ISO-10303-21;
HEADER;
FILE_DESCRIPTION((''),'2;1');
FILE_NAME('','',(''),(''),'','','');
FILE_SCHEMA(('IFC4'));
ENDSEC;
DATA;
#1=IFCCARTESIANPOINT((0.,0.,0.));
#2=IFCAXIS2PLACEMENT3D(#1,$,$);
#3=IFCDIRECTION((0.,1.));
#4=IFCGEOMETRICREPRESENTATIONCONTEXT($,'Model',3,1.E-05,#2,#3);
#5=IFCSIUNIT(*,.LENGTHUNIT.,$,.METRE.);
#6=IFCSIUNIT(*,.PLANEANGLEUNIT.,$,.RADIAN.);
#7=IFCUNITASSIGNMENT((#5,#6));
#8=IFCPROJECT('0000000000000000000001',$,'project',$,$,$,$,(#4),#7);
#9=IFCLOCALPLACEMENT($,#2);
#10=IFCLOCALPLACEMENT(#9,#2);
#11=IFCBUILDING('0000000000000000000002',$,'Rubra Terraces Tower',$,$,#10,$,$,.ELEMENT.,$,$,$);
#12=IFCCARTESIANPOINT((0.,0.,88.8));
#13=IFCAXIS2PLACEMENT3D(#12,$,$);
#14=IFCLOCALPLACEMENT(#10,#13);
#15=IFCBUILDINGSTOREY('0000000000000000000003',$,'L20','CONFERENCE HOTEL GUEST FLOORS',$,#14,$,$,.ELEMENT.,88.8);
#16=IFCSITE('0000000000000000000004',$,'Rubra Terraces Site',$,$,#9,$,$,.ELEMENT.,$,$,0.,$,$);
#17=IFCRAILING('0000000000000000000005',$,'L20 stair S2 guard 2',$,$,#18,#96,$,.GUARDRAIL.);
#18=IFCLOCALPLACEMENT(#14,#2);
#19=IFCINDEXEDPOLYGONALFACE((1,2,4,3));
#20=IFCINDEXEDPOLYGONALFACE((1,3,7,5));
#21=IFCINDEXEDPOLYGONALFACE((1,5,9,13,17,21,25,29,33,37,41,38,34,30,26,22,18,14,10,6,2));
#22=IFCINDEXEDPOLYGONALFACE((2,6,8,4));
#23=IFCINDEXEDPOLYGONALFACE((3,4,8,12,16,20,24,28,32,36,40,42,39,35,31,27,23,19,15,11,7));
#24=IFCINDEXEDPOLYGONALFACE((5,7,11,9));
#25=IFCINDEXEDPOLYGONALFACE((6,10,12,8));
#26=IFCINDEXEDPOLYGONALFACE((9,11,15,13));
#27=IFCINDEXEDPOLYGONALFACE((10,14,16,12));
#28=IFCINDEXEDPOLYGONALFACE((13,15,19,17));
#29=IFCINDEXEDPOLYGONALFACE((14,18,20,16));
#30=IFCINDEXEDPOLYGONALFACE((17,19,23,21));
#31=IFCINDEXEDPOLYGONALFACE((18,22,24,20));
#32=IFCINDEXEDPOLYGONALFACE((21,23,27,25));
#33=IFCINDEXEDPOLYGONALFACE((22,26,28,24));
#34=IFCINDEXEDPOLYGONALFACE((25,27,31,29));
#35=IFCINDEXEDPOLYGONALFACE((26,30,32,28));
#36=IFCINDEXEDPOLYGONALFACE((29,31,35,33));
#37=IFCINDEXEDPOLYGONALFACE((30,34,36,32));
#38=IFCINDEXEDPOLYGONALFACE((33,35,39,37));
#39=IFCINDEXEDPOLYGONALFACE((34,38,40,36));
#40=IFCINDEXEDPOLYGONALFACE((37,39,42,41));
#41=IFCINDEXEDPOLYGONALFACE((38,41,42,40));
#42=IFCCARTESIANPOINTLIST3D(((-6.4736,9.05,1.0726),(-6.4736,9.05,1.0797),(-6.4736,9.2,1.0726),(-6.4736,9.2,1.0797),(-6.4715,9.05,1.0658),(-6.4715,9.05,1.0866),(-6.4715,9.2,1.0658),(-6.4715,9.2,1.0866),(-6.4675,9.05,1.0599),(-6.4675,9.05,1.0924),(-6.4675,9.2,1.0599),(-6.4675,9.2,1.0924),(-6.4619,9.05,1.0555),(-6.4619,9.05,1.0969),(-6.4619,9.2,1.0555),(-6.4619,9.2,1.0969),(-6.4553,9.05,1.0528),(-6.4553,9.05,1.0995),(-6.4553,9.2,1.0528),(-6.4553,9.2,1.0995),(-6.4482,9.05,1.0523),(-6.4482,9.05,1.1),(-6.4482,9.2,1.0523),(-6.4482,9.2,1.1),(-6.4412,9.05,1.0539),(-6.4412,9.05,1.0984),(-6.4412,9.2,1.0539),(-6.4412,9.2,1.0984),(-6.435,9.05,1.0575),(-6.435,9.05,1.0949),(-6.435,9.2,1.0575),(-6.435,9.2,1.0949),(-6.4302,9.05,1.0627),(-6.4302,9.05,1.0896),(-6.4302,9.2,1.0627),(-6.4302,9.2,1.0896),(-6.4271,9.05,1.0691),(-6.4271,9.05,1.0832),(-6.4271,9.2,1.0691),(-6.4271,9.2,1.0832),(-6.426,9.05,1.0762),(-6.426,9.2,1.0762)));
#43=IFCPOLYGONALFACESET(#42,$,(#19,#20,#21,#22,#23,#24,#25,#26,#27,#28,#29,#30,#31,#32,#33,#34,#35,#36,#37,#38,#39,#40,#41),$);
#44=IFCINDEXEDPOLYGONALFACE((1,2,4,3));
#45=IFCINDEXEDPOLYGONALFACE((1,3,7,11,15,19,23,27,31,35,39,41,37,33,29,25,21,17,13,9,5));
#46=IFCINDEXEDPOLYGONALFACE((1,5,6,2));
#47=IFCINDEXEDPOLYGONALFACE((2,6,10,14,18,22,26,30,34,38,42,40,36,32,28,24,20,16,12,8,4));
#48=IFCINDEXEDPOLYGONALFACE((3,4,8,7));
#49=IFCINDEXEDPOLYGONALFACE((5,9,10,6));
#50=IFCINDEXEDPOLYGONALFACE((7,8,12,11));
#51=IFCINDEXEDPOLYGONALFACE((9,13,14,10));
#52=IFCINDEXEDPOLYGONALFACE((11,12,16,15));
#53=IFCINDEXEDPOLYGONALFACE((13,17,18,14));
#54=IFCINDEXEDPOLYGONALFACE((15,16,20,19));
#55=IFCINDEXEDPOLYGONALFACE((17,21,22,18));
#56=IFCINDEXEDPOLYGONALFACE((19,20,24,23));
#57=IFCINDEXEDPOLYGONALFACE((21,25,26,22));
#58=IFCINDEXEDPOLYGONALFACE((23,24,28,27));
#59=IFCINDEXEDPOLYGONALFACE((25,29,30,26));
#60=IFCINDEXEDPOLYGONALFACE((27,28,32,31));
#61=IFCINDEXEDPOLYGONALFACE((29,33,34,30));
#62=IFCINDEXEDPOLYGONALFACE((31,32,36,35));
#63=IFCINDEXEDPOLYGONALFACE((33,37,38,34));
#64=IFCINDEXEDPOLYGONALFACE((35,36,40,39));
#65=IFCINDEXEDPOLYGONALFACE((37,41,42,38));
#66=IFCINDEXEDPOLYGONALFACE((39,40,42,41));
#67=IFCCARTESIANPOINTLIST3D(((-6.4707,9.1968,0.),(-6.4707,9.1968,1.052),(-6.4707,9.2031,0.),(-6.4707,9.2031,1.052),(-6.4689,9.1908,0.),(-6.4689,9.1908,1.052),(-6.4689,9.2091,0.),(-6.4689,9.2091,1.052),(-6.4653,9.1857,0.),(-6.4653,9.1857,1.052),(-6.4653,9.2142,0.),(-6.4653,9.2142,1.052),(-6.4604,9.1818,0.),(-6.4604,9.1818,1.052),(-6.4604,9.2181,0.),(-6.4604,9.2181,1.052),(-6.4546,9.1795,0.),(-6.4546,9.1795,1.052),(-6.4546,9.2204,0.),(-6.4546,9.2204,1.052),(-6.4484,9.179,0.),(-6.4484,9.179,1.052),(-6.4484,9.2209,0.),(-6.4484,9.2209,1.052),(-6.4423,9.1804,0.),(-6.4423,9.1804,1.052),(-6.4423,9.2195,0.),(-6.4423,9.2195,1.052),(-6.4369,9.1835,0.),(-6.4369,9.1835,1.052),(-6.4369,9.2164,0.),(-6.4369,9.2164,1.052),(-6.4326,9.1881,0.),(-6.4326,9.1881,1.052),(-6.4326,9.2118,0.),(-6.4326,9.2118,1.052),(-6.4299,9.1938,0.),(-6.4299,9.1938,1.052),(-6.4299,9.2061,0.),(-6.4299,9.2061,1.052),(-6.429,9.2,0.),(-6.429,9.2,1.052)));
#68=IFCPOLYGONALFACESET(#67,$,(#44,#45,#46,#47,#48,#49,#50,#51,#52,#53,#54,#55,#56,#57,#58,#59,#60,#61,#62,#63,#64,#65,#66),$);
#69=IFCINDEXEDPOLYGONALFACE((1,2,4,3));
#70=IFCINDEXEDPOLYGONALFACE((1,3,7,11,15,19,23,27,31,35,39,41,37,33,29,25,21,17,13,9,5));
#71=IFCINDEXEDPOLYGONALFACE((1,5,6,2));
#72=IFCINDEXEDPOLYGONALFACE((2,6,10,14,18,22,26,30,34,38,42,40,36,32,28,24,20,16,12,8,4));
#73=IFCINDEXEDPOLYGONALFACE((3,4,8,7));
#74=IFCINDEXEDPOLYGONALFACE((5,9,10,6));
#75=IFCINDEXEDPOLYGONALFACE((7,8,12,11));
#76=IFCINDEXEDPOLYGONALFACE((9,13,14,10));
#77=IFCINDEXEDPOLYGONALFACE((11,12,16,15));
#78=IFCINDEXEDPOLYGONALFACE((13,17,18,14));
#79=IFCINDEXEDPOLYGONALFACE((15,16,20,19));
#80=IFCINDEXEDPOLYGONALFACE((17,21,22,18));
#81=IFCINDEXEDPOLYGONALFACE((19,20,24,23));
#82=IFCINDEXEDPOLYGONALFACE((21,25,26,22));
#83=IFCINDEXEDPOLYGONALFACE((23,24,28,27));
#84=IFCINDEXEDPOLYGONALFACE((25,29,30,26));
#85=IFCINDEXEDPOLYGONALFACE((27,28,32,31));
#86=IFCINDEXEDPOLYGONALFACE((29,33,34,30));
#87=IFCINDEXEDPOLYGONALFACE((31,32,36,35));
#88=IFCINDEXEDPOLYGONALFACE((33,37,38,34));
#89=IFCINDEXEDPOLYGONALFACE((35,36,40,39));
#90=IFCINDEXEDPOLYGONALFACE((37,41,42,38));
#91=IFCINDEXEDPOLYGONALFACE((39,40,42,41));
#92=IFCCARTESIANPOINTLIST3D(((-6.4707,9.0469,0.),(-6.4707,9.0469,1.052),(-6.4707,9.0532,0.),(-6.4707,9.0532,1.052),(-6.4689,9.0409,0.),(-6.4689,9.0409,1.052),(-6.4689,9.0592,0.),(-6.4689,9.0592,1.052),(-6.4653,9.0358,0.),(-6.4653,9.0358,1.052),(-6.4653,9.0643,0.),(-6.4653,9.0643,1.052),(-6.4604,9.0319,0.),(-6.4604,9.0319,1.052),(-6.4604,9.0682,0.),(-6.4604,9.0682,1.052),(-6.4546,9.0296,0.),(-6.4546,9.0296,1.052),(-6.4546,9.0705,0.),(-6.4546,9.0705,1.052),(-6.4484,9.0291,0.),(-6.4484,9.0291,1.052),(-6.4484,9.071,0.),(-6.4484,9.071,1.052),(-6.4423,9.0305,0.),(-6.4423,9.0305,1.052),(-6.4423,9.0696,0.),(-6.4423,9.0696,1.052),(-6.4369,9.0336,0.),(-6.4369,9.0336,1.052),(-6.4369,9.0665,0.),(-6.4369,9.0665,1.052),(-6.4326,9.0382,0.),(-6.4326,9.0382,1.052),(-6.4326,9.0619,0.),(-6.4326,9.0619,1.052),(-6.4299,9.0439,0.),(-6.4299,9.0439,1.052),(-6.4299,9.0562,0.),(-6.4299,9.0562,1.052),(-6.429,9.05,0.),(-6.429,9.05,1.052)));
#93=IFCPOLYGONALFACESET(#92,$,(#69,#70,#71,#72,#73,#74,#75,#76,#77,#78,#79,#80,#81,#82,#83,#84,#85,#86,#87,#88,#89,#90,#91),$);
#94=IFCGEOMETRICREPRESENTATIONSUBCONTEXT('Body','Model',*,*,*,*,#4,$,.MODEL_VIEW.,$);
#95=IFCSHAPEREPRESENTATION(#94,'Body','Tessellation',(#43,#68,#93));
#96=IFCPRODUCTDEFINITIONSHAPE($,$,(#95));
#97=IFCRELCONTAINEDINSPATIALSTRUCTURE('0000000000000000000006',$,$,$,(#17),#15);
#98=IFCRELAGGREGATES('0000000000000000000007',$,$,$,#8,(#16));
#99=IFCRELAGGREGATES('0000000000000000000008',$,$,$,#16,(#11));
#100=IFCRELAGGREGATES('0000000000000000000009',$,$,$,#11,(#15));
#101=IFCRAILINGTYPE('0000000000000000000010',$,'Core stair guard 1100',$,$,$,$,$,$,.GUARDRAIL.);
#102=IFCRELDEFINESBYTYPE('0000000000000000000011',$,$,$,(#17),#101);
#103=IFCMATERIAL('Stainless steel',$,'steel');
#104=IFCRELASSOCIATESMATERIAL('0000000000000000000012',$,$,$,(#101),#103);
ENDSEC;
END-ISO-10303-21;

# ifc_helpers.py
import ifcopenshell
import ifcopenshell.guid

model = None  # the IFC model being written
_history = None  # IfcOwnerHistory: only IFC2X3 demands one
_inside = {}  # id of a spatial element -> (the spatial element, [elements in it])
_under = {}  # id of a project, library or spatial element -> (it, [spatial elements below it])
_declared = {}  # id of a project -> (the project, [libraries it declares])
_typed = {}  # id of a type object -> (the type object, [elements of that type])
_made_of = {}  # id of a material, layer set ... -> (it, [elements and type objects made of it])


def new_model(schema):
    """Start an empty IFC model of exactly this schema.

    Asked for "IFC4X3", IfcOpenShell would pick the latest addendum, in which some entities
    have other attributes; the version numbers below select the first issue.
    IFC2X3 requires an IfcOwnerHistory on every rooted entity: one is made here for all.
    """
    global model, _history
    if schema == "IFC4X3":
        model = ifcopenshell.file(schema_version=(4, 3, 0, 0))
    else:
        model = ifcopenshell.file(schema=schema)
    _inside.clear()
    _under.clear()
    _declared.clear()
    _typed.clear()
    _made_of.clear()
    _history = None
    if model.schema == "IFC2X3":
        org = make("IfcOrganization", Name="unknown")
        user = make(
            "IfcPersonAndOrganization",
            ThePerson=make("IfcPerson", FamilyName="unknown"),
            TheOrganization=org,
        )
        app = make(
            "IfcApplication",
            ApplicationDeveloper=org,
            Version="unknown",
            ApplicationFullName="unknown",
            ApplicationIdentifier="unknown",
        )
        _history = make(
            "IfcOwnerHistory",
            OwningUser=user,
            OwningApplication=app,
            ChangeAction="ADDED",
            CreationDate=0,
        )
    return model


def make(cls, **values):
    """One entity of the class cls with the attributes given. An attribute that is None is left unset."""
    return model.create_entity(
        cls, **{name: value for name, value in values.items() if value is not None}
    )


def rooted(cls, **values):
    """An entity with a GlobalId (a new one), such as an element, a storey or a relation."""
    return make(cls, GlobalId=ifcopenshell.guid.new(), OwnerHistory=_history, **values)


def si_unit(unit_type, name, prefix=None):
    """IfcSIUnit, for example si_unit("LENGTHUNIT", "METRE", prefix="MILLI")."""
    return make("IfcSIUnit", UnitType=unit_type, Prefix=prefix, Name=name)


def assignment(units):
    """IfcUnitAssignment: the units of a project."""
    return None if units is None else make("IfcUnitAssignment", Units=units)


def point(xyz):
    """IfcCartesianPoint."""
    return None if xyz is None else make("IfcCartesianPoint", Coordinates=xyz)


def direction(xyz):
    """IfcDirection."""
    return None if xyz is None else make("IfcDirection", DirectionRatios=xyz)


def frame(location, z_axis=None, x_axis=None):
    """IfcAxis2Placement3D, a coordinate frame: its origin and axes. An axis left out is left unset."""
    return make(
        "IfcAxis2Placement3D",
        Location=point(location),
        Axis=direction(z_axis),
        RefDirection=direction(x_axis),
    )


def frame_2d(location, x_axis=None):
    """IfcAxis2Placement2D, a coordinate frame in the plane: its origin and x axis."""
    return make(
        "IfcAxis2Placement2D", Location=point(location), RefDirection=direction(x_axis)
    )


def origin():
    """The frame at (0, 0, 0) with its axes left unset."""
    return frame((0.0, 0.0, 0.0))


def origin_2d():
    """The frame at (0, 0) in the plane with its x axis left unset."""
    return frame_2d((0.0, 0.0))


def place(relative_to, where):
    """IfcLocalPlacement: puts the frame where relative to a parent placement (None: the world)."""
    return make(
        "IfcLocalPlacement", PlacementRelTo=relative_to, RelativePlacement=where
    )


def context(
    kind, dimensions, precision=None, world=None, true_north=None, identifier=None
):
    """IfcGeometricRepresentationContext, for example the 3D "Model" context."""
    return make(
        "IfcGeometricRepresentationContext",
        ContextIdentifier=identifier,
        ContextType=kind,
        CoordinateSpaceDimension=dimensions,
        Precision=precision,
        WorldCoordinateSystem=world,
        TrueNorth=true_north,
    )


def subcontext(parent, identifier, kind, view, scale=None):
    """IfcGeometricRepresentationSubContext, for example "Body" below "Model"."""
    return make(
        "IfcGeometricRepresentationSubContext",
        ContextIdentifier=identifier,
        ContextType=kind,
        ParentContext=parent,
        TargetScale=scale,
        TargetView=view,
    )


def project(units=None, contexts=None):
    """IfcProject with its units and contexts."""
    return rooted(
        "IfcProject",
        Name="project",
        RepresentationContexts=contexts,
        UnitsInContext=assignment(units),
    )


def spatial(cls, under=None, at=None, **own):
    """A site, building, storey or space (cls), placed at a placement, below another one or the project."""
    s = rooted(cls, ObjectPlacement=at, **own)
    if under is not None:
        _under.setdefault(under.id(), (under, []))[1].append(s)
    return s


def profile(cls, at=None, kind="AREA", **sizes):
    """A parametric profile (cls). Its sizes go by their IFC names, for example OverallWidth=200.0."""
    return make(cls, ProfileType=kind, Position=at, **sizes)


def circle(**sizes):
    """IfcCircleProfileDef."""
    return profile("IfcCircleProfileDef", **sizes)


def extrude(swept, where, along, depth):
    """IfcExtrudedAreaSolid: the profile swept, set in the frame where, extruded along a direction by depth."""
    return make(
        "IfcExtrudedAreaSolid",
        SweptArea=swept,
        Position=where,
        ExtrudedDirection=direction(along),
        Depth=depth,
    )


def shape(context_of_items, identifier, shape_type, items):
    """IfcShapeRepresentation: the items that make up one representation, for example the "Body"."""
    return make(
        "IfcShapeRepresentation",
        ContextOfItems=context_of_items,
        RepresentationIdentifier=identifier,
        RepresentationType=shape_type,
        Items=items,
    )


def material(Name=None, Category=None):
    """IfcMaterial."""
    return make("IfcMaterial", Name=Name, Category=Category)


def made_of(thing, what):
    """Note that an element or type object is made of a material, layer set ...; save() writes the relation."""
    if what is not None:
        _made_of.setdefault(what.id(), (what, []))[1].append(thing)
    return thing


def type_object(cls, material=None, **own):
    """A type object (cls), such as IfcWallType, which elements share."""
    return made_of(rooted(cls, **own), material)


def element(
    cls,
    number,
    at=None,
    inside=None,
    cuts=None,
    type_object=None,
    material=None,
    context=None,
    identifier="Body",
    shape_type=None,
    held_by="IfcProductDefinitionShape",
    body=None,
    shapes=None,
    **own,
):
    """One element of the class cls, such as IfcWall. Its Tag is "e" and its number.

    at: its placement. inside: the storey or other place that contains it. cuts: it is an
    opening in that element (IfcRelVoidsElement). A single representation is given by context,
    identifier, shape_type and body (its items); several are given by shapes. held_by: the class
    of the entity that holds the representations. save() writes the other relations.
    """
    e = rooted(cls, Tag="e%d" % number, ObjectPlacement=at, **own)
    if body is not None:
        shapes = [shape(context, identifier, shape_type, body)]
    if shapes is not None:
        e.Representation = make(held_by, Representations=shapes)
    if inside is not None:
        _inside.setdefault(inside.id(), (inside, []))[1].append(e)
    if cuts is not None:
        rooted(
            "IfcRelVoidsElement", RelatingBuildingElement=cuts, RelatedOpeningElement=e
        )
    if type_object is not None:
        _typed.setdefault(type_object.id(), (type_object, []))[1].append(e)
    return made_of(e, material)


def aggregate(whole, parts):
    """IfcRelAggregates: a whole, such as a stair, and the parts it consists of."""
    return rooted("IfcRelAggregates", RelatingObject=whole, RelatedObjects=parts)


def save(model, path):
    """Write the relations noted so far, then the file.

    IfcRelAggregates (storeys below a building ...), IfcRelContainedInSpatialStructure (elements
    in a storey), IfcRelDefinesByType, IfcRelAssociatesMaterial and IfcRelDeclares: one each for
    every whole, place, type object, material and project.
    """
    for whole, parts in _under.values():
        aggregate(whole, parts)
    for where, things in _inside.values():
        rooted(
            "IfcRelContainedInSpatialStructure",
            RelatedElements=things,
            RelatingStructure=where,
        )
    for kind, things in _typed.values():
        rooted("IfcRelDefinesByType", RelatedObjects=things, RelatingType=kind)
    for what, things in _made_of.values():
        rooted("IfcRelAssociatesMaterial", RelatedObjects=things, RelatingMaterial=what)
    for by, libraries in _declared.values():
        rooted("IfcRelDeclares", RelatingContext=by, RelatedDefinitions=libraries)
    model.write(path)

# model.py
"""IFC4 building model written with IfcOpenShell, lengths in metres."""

from ifc_helpers import new_model, si_unit, direction, frame, origin, origin_2d, place, context, subcontext, project, spatial, circle, extrude, material, type_object, element, save


model = new_model("IFC4")

# Units and contexts
model_context = context("Model", 3, precision=1e-05, world=origin(), true_north=direction((0.0, 1.0)))
body_context = subcontext(model_context, "Body", "Model", "MODEL_VIEW")
ifc_project = project(units=[si_unit("LENGTHUNIT", "METRE"), si_unit("PLANEANGLEUNIT", "RADIAN")], contexts=[model_context])

# Site, building, storey
site_placement = place(None, origin())
site = spatial("IfcSite", under=ifc_project, at=site_placement, Name="Rubra Terraces Site", CompositionType="ELEMENT", RefElevation=0.0)
building_placement = place(site_placement, origin())
building = spatial("IfcBuilding", under=site, at=building_placement, Name="Rubra Terraces Tower", CompositionType="ELEMENT")
storey_placement = place(building_placement, frame((0.0, 0.0, 88.8)))
storey = spatial("IfcBuildingStorey", under=building, at=storey_placement, Name="L20", Description="CONFERENCE HOTEL GUEST FLOORS", CompositionType="ELEMENT", Elevation=88.8)

# Shared definitions
ifc_material_1 = material(Name="Stainless steel", Category="steel")

# Railing
railing_type_1 = type_object("IfcRailingType", Name="Core stair guard 1100", PredefinedType="GUARDRAIL", material=ifc_material_1)
railing_1_placement = place(storey_placement, frame((-6.45, 9.2, 0.0)))
element("IfcRailing", 1, at=railing_1_placement, inside=storey, type_object=railing_type_1, Name="L20 stair S2 guard 2", PredefinedType="GUARDRAIL", context=body_context, shape_type="SweptSolid", body=[
    extrude(circle(Radius=0.0239, at=origin_2d()), frame((0.0, 0.0, 1.0762), z_axis=(0.0, -1.0, 0.0), x_axis=(1.0, 0.0, 0.0)), (0.0, 0.0, 1.0), 0.1499),
    extrude(circle(Radius=0.021, at=origin_2d()), origin(), (0.0, 0.0, 1.0), 1.052),
    extrude(circle(Radius=0.021, at=origin_2d()), frame((0.0, -0.1499, 0.0)), (0.0, 0.0, 1.0), 1.052),
])

save(model, "model.ifc")
